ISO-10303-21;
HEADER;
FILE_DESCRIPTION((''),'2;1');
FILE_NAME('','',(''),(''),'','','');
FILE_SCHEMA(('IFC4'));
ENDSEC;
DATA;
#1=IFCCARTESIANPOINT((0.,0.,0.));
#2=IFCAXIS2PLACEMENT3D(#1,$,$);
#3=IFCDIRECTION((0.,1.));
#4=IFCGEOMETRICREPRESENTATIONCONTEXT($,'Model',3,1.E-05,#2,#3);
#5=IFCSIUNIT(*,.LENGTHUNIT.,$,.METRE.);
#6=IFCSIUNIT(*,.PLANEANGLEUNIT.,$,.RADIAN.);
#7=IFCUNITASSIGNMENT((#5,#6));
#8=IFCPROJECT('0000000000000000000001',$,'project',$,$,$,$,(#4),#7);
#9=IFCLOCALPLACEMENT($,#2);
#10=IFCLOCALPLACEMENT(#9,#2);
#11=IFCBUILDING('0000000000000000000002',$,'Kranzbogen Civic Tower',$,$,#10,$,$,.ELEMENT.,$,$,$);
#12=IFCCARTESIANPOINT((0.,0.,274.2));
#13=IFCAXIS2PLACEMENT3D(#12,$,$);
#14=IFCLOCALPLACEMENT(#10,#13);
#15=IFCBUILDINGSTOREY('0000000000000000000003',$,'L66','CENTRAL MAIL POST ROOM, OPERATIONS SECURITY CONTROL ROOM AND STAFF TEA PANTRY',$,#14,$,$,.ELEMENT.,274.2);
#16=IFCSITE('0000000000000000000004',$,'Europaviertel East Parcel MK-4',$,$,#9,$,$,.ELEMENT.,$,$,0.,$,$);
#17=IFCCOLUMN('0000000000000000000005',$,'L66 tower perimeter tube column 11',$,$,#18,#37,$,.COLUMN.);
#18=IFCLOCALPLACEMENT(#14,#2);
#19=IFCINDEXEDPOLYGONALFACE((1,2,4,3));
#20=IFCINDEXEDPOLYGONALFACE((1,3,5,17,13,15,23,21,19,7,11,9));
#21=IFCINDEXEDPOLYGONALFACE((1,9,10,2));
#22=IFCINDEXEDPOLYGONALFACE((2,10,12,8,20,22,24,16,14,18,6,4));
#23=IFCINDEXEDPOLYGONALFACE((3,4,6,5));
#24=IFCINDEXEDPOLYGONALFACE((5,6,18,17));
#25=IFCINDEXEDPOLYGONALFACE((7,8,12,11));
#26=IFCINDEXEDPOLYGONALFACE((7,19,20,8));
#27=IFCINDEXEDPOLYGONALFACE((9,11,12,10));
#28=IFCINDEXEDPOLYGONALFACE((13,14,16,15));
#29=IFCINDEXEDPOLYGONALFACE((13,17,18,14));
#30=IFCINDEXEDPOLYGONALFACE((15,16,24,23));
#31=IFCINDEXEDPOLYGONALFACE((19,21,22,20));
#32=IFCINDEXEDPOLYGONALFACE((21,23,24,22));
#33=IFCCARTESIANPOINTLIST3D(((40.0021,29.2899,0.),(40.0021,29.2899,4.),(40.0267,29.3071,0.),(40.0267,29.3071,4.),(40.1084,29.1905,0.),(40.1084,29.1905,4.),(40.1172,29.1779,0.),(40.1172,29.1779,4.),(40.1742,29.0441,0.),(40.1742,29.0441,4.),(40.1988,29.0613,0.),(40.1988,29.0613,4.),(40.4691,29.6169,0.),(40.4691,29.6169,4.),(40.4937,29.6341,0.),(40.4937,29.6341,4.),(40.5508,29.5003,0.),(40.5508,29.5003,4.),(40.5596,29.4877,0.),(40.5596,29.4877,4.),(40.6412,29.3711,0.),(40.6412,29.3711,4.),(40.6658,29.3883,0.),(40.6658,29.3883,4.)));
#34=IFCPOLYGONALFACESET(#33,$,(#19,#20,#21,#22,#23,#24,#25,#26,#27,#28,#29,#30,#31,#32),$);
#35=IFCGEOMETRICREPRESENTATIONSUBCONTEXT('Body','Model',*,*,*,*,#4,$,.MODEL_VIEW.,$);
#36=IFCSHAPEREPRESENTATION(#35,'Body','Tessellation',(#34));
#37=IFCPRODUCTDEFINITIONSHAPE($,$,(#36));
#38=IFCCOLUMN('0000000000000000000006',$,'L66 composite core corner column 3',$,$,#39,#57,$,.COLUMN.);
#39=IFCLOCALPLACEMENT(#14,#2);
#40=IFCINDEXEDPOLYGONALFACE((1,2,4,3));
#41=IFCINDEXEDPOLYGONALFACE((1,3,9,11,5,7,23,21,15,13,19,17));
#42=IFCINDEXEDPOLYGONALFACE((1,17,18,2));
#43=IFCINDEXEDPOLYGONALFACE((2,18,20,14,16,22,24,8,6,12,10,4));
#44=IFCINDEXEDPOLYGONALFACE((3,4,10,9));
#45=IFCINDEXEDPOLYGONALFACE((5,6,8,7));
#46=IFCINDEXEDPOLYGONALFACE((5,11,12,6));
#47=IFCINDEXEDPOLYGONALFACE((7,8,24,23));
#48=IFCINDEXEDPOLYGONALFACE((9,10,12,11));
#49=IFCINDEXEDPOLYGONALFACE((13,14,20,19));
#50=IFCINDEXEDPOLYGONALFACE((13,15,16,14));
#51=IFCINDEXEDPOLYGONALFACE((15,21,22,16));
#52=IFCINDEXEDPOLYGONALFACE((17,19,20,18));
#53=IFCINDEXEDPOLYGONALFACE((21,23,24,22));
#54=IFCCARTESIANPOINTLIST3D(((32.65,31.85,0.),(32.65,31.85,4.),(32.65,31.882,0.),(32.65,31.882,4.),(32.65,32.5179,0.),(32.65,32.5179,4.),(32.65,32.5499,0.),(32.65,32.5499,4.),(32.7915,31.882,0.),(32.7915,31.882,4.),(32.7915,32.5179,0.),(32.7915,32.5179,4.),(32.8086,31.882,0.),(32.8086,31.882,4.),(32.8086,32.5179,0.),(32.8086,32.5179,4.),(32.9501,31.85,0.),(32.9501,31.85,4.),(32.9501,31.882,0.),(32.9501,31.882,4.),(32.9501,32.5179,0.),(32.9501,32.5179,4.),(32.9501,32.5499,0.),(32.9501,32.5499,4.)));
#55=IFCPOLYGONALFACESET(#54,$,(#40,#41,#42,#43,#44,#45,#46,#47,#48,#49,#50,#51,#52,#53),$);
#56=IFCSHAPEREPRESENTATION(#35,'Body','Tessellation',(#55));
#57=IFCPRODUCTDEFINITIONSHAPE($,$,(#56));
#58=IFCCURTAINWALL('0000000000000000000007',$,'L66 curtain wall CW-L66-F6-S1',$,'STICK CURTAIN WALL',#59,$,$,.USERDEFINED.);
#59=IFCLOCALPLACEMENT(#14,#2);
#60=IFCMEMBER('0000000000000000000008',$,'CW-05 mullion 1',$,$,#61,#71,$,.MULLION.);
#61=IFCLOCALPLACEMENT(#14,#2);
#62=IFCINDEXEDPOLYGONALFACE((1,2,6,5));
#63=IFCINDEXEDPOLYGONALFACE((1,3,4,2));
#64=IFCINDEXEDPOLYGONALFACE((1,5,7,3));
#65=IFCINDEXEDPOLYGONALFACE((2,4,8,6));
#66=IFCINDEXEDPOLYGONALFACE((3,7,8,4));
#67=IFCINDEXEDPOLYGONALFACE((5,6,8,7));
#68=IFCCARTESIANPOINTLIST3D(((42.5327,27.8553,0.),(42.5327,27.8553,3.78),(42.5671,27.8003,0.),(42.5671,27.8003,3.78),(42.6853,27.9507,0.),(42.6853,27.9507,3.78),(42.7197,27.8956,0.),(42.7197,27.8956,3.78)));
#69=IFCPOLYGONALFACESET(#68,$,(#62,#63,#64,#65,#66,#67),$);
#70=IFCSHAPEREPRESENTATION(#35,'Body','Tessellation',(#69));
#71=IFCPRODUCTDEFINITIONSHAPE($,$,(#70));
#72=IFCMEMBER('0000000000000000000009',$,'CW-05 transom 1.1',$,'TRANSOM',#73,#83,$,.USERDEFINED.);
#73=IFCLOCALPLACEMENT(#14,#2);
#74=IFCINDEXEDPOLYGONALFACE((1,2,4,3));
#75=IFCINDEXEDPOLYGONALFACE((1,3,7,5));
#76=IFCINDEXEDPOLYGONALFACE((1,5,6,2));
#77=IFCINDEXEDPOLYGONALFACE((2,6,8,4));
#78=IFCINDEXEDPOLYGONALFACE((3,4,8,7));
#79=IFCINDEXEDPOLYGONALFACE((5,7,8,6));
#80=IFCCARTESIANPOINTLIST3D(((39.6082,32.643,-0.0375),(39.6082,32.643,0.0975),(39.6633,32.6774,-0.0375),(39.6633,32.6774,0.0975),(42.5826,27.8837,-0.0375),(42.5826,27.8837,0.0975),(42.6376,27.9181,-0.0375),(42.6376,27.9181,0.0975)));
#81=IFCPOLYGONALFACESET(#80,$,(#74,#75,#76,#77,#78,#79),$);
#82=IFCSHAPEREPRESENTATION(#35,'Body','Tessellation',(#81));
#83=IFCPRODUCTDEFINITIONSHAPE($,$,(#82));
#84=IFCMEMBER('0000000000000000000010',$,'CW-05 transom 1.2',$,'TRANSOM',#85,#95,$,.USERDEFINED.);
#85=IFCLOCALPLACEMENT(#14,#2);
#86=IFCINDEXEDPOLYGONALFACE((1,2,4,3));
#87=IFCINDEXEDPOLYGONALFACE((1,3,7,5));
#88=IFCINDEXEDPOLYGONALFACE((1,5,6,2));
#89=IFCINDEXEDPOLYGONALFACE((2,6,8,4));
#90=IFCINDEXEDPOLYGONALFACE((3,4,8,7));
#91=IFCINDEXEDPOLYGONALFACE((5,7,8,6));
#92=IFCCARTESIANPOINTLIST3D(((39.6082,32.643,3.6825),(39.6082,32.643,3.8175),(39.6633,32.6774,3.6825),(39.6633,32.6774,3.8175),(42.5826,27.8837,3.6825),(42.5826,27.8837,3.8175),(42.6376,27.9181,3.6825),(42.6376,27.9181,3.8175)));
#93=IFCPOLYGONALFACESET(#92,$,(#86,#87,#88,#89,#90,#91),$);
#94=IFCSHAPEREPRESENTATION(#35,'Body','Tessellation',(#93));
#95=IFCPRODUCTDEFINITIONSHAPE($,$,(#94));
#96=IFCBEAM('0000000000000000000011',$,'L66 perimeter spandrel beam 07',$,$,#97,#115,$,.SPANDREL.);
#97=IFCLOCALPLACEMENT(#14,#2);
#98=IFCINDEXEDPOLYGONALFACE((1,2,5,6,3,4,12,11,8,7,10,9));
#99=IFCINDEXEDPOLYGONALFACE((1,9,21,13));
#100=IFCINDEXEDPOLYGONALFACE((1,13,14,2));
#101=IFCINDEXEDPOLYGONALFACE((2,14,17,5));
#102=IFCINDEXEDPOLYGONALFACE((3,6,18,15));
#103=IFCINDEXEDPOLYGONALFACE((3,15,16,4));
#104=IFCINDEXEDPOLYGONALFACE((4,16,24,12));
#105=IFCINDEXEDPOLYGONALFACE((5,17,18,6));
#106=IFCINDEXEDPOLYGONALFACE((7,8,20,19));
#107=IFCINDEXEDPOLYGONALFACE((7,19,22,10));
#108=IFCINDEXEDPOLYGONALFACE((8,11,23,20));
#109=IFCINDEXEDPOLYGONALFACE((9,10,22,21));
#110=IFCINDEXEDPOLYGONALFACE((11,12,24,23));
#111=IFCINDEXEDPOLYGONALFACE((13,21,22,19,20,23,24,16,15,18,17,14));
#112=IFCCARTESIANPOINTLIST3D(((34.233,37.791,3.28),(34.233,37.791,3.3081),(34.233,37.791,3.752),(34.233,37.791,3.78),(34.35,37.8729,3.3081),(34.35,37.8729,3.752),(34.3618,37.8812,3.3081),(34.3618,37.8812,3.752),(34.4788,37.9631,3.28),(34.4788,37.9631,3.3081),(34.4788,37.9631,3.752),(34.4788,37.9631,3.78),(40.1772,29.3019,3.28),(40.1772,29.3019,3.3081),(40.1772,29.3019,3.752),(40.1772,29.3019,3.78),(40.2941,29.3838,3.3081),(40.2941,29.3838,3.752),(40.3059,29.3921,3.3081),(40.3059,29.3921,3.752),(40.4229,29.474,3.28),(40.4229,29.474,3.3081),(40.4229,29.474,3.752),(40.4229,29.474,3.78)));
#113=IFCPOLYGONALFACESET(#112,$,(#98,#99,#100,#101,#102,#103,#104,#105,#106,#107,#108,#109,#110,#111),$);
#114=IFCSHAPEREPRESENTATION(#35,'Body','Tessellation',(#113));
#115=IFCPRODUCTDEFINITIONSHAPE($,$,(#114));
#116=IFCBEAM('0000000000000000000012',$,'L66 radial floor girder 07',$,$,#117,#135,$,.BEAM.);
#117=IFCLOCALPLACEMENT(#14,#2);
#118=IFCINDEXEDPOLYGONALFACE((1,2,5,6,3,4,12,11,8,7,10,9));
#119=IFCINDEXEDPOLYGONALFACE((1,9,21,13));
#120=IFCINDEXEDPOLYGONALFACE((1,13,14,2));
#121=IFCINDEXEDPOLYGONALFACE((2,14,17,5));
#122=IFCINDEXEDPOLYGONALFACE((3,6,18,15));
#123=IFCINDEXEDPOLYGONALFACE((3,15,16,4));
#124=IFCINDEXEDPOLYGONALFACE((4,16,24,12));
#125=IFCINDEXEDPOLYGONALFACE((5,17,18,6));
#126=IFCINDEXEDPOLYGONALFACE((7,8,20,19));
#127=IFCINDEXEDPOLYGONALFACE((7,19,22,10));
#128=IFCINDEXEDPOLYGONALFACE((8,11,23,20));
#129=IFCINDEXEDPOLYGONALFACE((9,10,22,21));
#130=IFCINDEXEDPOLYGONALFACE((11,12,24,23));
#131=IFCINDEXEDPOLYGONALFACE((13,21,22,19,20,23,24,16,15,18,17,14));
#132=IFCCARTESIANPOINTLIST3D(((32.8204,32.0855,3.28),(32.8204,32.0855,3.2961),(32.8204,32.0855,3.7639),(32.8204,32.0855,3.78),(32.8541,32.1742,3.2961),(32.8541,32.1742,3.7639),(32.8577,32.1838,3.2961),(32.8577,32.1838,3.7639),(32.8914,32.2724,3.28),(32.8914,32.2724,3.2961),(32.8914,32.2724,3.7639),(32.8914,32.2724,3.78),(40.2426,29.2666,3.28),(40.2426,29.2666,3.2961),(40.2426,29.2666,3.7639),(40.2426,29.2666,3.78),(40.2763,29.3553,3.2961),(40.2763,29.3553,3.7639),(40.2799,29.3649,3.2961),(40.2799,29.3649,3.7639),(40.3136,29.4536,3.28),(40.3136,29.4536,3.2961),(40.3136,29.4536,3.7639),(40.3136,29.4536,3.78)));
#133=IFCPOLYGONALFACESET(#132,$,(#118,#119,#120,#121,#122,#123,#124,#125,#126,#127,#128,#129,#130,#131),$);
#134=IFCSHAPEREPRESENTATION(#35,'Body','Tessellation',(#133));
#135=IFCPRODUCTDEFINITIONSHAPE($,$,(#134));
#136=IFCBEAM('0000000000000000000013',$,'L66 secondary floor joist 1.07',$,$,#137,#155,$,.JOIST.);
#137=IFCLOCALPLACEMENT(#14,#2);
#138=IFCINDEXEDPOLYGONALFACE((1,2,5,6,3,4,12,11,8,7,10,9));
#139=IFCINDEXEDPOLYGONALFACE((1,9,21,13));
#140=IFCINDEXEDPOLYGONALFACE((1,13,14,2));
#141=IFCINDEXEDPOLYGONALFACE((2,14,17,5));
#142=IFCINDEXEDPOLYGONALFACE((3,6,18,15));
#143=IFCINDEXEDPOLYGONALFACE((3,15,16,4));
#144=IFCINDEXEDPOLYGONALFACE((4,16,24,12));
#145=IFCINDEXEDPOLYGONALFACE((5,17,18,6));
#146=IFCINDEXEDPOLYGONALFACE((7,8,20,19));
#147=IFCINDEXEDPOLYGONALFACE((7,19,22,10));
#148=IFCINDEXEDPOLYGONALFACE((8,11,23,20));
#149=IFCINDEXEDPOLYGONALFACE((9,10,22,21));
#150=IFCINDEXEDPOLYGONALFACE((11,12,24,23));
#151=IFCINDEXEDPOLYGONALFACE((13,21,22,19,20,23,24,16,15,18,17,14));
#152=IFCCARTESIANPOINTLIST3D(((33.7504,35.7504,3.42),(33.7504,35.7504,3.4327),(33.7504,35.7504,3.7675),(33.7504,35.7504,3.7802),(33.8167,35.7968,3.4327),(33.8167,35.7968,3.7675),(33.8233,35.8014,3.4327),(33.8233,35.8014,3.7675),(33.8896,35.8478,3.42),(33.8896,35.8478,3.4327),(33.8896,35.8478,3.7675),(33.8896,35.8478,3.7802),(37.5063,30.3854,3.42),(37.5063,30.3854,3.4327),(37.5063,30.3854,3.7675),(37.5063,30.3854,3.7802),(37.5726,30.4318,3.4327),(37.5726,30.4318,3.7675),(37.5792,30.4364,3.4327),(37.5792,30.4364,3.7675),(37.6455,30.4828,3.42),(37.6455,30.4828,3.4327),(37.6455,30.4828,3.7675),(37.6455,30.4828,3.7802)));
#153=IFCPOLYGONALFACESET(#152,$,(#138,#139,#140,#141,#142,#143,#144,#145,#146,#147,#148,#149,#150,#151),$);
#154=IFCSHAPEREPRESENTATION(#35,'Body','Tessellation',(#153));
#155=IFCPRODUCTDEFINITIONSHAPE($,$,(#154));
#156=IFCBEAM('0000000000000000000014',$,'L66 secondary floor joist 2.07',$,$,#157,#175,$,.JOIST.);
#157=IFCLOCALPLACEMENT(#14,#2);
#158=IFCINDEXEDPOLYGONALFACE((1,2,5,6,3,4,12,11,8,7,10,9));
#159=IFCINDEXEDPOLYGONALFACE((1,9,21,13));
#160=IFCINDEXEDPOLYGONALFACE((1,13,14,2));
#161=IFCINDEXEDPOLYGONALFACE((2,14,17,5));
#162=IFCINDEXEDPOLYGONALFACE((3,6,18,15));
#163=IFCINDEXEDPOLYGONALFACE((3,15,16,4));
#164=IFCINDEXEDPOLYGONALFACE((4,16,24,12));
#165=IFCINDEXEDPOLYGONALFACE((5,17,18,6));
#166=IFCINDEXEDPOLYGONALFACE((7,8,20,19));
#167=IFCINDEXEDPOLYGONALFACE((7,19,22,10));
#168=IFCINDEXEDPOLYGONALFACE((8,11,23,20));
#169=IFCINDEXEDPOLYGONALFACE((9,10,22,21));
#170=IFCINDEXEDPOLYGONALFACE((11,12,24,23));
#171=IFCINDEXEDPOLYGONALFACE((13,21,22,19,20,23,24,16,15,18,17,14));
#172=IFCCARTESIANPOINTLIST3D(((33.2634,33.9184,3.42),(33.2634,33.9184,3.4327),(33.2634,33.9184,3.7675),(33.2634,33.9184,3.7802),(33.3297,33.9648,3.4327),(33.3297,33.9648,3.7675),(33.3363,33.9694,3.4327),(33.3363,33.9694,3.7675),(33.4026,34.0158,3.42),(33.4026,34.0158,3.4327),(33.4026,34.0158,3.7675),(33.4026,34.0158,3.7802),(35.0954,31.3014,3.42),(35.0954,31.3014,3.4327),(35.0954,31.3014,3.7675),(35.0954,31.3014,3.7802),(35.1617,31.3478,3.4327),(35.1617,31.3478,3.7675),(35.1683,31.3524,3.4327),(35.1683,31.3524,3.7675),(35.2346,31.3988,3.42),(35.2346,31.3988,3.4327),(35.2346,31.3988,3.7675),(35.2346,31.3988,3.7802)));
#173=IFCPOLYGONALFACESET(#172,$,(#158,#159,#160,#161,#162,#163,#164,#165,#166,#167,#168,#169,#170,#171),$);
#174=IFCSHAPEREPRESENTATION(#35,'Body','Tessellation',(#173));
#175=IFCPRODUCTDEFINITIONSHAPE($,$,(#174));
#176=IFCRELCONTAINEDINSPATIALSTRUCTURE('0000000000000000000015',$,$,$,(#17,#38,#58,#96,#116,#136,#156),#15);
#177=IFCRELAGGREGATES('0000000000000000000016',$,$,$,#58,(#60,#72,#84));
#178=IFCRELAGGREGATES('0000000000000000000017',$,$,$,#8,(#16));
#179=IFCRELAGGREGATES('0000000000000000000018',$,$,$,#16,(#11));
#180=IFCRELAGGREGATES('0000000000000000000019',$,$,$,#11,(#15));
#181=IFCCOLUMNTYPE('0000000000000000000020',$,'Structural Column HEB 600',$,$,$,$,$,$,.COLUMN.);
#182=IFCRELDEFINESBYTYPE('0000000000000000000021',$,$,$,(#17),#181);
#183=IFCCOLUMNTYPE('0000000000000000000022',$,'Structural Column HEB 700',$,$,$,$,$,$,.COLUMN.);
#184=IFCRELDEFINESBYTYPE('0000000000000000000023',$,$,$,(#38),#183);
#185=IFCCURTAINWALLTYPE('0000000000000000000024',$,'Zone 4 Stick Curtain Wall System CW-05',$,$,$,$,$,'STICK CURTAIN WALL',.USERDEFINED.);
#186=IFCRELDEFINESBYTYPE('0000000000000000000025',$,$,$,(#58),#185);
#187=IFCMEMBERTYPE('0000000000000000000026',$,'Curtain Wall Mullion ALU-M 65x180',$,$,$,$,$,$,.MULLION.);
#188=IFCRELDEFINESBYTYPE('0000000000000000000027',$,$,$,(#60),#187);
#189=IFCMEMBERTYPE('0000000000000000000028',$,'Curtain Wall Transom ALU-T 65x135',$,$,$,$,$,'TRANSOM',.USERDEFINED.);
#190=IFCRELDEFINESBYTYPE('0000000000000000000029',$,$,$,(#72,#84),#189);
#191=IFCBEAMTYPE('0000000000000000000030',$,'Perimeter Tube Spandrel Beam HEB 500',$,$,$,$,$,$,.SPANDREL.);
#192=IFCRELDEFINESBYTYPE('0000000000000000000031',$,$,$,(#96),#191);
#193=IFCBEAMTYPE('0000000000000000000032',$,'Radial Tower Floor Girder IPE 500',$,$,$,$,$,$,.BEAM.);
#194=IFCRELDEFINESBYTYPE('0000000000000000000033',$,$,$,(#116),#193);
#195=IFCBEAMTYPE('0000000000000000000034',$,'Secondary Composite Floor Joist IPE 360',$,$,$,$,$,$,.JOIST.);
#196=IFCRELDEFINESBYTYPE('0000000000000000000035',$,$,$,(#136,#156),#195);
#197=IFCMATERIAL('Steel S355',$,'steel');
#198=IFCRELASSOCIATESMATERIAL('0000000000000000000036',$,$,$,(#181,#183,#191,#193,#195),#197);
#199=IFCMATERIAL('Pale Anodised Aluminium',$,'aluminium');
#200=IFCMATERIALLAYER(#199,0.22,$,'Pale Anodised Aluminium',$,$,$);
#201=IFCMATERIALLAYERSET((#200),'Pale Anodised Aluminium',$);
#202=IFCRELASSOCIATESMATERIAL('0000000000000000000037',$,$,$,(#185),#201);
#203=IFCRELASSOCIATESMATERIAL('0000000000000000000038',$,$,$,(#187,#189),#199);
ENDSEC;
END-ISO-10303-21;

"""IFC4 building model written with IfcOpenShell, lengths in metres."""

from ifc_helpers import new_model, si_unit, direction, frame, origin, origin_2d, place, context, subcontext, project, spatial, rectangle, i_section, extrude, material, layer, layer_set, material_profile, profile_set, type_object, element, aggregate, save


model = new_model("IFC4")

# Units and contexts
model_context = context("Model", 3, precision=1e-05, world=origin(), true_north=direction((0.0, 1.0)))
body_context = subcontext(model_context, "Body", "Model", "MODEL_VIEW")
ifc_project = project(units=[si_unit("LENGTHUNIT", "METRE"), si_unit("PLANEANGLEUNIT", "RADIAN")], contexts=[model_context])

# Site, building, storey
site_placement = place(None, origin())
site = spatial("IfcSite", under=ifc_project, at=site_placement, Name="Europaviertel East Parcel MK-4", CompositionType="ELEMENT", RefElevation=0.0)
building_placement = place(site_placement, origin())
building = spatial("IfcBuilding", under=site, at=building_placement, Name="Kranzbogen Civic Tower", CompositionType="ELEMENT")
storey_placement = place(building_placement, frame((0.0, 0.0, 274.2)))
storey = spatial("IfcBuildingStorey", under=building, at=storey_placement, Name="L66", Description="CENTRAL MAIL POST ROOM, OPERATIONS SECURITY CONTROL ROOM AND STAFF TEA PANTRY", CompositionType="ELEMENT", Elevation=274.2)

# Columns
ifc_material_1 = material(Name="Steel S355", Category="steel")
ifc_material_profile_1 = material_profile(ifc_material_1, i_section(OverallWidth=0.3, OverallDepth=0.6001, WebThickness=0.0154, FlangeThickness=0.03, at=origin_2d()), Name="HEB 600")
ifc_profile_set_1 = profile_set([ifc_material_profile_1], Name="Steel S355")
column_type_1 = type_object("IfcColumnType", Name="Structural Column HEB 600", PredefinedType="COLUMN", material=ifc_profile_set_1)
column_1_placement = place(storey_placement, frame((40.334, 29.3391, 0.0), z_axis=(0.0, 0.0, 1.0), x_axis=(-0.573576, 0.819152, 0.0)))
element("IfcColumn", 1, at=column_1_placement, inside=storey, type_object=column_type_1, Name="L66 tower perimeter tube column 11", PredefinedType="COLUMN", context=body_context, shape_type="SweptSolid", body=[
    extrude(i_section(OverallWidth=0.3, OverallDepth=0.6001, WebThickness=0.0154, FlangeThickness=0.03, at=origin_2d()), origin(), (0.0, 0.0, 1.0), 4.0),
])
ifc_material_profile_2 = material_profile(ifc_material_1, i_section(OverallWidth=0.3, OverallDepth=0.7, WebThickness=0.0171, FlangeThickness=0.032, at=origin_2d()), Name="HEB 700")
ifc_profile_set_2 = profile_set([ifc_material_profile_2], Name="Steel S355")
column_type_2 = type_object("IfcColumnType", Name="Structural Column HEB 700", PredefinedType="COLUMN", material=ifc_profile_set_2)
column_2_placement = place(storey_placement, frame((32.8, 32.2, 0.0), z_axis=(0.0, 0.0, 1.0), x_axis=(1.0, 0.0, 0.0)))
element("IfcColumn", 2, at=column_2_placement, inside=storey, type_object=column_type_2, Name="L66 composite core corner column 3", PredefinedType="COLUMN", context=body_context, shape_type="SweptSolid", body=[
    extrude(i_section(OverallWidth=0.3, OverallDepth=0.7, WebThickness=0.0171, FlangeThickness=0.032, at=origin_2d()), origin(), (0.0, 0.0, 1.0), 4.0),
])

# Curtain wall, members
ifc_material_2 = material(Name="Pale Anodised Aluminium", Category="aluminium")
ifc_layer_1 = layer(ifc_material_2, 0.22, Name="Pale Anodised Aluminium")
ifc_layer_set_1 = layer_set([ifc_layer_1], Name="Pale Anodised Aluminium")
curtain_wall_type = type_object("IfcCurtainWallType", Name="Zone 4 Stick Curtain Wall System CW-05", ElementType="STICK CURTAIN WALL", PredefinedType="USERDEFINED", material=ifc_layer_set_1)
curtain_wall_placement = place(storey_placement, origin())
curtain_wall = element("IfcCurtainWall", 3, at=curtain_wall_placement, inside=storey, type_object=curtain_wall_type, Name="L66 curtain wall CW-L66-F6-S1", ObjectType="STICK CURTAIN WALL", PredefinedType="USERDEFINED")
ifc_material_profile_3 = material_profile(ifc_material_2, rectangle(XDim=0.0649, YDim=0.1799, at=origin_2d()), Name="ALU-M 65x180")
ifc_profile_set_3 = profile_set([ifc_material_profile_3], Name="Pale Anodised Aluminium")
member_type_1 = type_object("IfcMemberType", Name="Curtain Wall Mullion ALU-M 65x180", PredefinedType="MULLION", material=ifc_profile_set_3)
member_1_placement = place(storey_placement, frame((42.6262, 27.8755, 0.0), z_axis=(0.0, 0.0, 1.0), x_axis=(-0.529983, 0.848008, 0.0)))
member_1 = element("IfcMember", 4, at=member_1_placement, type_object=member_type_1, Name="CW-05 mullion 1", PredefinedType="MULLION", context=body_context, shape_type="SweptSolid", body=[
    extrude(rectangle(XDim=0.0649, YDim=0.1799, at=origin_2d()), origin(), (0.0, 0.0, 1.0), 3.78),
])
ifc_material_profile_4 = material_profile(ifc_material_2, rectangle(XDim=0.0649, YDim=0.135, at=origin_2d()), Name="ALU-T 65x135")
ifc_profile_set_4 = profile_set([ifc_material_profile_4], Name="Pale Anodised Aluminium")
member_type_2 = type_object("IfcMemberType", Name="Curtain Wall Transom ALU-T 65x135", ElementType="TRANSOM", PredefinedType="USERDEFINED", material=ifc_profile_set_4)
member_2_placement = place(storey_placement, frame((42.6101, 27.9009, 0.03), z_axis=(-0.529975, 0.848013, 0.0), x_axis=(-0.848013, -0.529975, 0.0)))
member_2 = element("IfcMember", 5, at=member_2_placement, type_object=member_type_2, Name="CW-05 transom 1.1", ObjectType="TRANSOM", PredefinedType="USERDEFINED", context=body_context, shape_type="SweptSolid", body=[
    extrude(rectangle(XDim=0.0649, YDim=0.135, at=origin_2d()), origin(), (0.0, 0.0, 1.0), 5.6123),
])
member_3_placement = place(storey_placement, frame((42.6101, 27.9009, 3.75), z_axis=(-0.529975, 0.848013, 0.0), x_axis=(-0.848013, -0.529975, 0.0)))
member_3 = element("IfcMember", 6, at=member_3_placement, type_object=member_type_2, Name="CW-05 transom 1.2", ObjectType="TRANSOM", PredefinedType="USERDEFINED", context=body_context, shape_type="SweptSolid", body=[
    extrude(rectangle(XDim=0.0649, YDim=0.135, at=origin_2d()), origin(), (0.0, 0.0, 1.0), 5.6123),
])

# Beams
ifc_material_profile_5 = material_profile(ifc_material_1, i_section(OverallWidth=0.3, OverallDepth=0.5, WebThickness=0.0144, FlangeThickness=0.0281, at=origin_2d()), Name="HEB 500")
ifc_profile_set_5 = profile_set([ifc_material_profile_5], Name="Steel S355")
beam_type_1 = type_object("IfcBeamType", Name="Perimeter Tube Spandrel Beam HEB 500", PredefinedType="SPANDREL", material=ifc_profile_set_5)
beam_1_placement = place(storey_placement, frame((40.3, 29.3879, 3.53), z_axis=(-0.573578, 0.819151, 0.0), x_axis=(-0.819151, -0.573578, 0.0)))
element("IfcBeam", 7, at=beam_1_placement, inside=storey, type_object=beam_type_1, Name="L66 perimeter spandrel beam 07", PredefinedType="SPANDREL", context=body_context, shape_type="SweptSolid", body=[
    extrude(i_section(OverallWidth=0.3, OverallDepth=0.5, WebThickness=0.0144, FlangeThickness=0.0281, at=origin_2d()), origin(), (0.0, 0.0, 1.0), 10.3633),
])
ifc_material_profile_6 = material_profile(ifc_material_1, i_section(OverallWidth=0.2, OverallDepth=0.5, WebThickness=0.0103, FlangeThickness=0.0161, at=origin_2d()), Name="IPE 500")
ifc_profile_set_6 = profile_set([ifc_material_profile_6], Name="Steel S355")
beam_type_2 = type_object("IfcBeamType", Name="Radial Tower Floor Girder IPE 500", PredefinedType="BEAM", material=ifc_profile_set_6)
beam_2_placement = place(storey_placement, frame((40.2781, 29.3601, 3.53), z_axis=(-0.934849, 0.355046, 0.0), x_axis=(-0.355046, -0.934849, 0.0)))
element("IfcBeam", 8, at=beam_2_placement, inside=storey, type_object=beam_type_2, Name="L66 radial floor girder 07", PredefinedType="BEAM", context=body_context, shape_type="SweptSolid", body=[
    extrude(i_section(OverallWidth=0.2, OverallDepth=0.5, WebThickness=0.0103, FlangeThickness=0.0161, at=origin_2d()), origin(), (0.0, 0.0, 1.0), 7.9395),
])
ifc_material_profile_7 = material_profile(ifc_material_1, i_section(OverallWidth=0.1699, OverallDepth=0.3601, WebThickness=0.0081, FlangeThickness=0.0127, at=origin_2d()), Name="IPE 360")
ifc_profile_set_7 = profile_set([ifc_material_profile_7], Name="Steel S355")
beam_type_3 = type_object("IfcBeamType", Name="Secondary Composite Floor Joist IPE 360", PredefinedType="JOIST", material=ifc_profile_set_7)
beam_3_placement = place(storey_placement, frame((37.5759, 30.4341, 3.6001), z_axis=(-0.5735, 0.819206, 0.0), x_axis=(-0.819206, -0.5735, 0.0)))
element("IfcBeam", 9, at=beam_3_placement, inside=storey, type_object=beam_type_3, Name="L66 secondary floor joist 1.07", PredefinedType="JOIST", context=body_context, shape_type="SweptSolid", body=[
    extrude(i_section(OverallWidth=0.1699, OverallDepth=0.3601, WebThickness=0.0081, FlangeThickness=0.0127, at=origin_2d()), origin(), (0.0, 0.0, 1.0), 6.5491),
])
beam_4_placement = place(storey_placement, frame((35.165, 31.3501, 3.6001), z_axis=(-0.573498, 0.819207, 0.0), x_axis=(-0.819207, -0.573498, 0.0)))
element("IfcBeam", 10, at=beam_4_placement, inside=storey, type_object=beam_type_3, Name="L66 secondary floor joist 2.07", PredefinedType="JOIST", context=body_context, shape_type="SweptSolid", body=[
    extrude(i_section(OverallWidth=0.1699, OverallDepth=0.3601, WebThickness=0.0081, FlangeThickness=0.0127, at=origin_2d()), origin(), (0.0, 0.0, 1.0), 3.1946),
])

aggregate(curtain_wall, [member_1, member_2, member_3])

save(model, "model.ifc")
